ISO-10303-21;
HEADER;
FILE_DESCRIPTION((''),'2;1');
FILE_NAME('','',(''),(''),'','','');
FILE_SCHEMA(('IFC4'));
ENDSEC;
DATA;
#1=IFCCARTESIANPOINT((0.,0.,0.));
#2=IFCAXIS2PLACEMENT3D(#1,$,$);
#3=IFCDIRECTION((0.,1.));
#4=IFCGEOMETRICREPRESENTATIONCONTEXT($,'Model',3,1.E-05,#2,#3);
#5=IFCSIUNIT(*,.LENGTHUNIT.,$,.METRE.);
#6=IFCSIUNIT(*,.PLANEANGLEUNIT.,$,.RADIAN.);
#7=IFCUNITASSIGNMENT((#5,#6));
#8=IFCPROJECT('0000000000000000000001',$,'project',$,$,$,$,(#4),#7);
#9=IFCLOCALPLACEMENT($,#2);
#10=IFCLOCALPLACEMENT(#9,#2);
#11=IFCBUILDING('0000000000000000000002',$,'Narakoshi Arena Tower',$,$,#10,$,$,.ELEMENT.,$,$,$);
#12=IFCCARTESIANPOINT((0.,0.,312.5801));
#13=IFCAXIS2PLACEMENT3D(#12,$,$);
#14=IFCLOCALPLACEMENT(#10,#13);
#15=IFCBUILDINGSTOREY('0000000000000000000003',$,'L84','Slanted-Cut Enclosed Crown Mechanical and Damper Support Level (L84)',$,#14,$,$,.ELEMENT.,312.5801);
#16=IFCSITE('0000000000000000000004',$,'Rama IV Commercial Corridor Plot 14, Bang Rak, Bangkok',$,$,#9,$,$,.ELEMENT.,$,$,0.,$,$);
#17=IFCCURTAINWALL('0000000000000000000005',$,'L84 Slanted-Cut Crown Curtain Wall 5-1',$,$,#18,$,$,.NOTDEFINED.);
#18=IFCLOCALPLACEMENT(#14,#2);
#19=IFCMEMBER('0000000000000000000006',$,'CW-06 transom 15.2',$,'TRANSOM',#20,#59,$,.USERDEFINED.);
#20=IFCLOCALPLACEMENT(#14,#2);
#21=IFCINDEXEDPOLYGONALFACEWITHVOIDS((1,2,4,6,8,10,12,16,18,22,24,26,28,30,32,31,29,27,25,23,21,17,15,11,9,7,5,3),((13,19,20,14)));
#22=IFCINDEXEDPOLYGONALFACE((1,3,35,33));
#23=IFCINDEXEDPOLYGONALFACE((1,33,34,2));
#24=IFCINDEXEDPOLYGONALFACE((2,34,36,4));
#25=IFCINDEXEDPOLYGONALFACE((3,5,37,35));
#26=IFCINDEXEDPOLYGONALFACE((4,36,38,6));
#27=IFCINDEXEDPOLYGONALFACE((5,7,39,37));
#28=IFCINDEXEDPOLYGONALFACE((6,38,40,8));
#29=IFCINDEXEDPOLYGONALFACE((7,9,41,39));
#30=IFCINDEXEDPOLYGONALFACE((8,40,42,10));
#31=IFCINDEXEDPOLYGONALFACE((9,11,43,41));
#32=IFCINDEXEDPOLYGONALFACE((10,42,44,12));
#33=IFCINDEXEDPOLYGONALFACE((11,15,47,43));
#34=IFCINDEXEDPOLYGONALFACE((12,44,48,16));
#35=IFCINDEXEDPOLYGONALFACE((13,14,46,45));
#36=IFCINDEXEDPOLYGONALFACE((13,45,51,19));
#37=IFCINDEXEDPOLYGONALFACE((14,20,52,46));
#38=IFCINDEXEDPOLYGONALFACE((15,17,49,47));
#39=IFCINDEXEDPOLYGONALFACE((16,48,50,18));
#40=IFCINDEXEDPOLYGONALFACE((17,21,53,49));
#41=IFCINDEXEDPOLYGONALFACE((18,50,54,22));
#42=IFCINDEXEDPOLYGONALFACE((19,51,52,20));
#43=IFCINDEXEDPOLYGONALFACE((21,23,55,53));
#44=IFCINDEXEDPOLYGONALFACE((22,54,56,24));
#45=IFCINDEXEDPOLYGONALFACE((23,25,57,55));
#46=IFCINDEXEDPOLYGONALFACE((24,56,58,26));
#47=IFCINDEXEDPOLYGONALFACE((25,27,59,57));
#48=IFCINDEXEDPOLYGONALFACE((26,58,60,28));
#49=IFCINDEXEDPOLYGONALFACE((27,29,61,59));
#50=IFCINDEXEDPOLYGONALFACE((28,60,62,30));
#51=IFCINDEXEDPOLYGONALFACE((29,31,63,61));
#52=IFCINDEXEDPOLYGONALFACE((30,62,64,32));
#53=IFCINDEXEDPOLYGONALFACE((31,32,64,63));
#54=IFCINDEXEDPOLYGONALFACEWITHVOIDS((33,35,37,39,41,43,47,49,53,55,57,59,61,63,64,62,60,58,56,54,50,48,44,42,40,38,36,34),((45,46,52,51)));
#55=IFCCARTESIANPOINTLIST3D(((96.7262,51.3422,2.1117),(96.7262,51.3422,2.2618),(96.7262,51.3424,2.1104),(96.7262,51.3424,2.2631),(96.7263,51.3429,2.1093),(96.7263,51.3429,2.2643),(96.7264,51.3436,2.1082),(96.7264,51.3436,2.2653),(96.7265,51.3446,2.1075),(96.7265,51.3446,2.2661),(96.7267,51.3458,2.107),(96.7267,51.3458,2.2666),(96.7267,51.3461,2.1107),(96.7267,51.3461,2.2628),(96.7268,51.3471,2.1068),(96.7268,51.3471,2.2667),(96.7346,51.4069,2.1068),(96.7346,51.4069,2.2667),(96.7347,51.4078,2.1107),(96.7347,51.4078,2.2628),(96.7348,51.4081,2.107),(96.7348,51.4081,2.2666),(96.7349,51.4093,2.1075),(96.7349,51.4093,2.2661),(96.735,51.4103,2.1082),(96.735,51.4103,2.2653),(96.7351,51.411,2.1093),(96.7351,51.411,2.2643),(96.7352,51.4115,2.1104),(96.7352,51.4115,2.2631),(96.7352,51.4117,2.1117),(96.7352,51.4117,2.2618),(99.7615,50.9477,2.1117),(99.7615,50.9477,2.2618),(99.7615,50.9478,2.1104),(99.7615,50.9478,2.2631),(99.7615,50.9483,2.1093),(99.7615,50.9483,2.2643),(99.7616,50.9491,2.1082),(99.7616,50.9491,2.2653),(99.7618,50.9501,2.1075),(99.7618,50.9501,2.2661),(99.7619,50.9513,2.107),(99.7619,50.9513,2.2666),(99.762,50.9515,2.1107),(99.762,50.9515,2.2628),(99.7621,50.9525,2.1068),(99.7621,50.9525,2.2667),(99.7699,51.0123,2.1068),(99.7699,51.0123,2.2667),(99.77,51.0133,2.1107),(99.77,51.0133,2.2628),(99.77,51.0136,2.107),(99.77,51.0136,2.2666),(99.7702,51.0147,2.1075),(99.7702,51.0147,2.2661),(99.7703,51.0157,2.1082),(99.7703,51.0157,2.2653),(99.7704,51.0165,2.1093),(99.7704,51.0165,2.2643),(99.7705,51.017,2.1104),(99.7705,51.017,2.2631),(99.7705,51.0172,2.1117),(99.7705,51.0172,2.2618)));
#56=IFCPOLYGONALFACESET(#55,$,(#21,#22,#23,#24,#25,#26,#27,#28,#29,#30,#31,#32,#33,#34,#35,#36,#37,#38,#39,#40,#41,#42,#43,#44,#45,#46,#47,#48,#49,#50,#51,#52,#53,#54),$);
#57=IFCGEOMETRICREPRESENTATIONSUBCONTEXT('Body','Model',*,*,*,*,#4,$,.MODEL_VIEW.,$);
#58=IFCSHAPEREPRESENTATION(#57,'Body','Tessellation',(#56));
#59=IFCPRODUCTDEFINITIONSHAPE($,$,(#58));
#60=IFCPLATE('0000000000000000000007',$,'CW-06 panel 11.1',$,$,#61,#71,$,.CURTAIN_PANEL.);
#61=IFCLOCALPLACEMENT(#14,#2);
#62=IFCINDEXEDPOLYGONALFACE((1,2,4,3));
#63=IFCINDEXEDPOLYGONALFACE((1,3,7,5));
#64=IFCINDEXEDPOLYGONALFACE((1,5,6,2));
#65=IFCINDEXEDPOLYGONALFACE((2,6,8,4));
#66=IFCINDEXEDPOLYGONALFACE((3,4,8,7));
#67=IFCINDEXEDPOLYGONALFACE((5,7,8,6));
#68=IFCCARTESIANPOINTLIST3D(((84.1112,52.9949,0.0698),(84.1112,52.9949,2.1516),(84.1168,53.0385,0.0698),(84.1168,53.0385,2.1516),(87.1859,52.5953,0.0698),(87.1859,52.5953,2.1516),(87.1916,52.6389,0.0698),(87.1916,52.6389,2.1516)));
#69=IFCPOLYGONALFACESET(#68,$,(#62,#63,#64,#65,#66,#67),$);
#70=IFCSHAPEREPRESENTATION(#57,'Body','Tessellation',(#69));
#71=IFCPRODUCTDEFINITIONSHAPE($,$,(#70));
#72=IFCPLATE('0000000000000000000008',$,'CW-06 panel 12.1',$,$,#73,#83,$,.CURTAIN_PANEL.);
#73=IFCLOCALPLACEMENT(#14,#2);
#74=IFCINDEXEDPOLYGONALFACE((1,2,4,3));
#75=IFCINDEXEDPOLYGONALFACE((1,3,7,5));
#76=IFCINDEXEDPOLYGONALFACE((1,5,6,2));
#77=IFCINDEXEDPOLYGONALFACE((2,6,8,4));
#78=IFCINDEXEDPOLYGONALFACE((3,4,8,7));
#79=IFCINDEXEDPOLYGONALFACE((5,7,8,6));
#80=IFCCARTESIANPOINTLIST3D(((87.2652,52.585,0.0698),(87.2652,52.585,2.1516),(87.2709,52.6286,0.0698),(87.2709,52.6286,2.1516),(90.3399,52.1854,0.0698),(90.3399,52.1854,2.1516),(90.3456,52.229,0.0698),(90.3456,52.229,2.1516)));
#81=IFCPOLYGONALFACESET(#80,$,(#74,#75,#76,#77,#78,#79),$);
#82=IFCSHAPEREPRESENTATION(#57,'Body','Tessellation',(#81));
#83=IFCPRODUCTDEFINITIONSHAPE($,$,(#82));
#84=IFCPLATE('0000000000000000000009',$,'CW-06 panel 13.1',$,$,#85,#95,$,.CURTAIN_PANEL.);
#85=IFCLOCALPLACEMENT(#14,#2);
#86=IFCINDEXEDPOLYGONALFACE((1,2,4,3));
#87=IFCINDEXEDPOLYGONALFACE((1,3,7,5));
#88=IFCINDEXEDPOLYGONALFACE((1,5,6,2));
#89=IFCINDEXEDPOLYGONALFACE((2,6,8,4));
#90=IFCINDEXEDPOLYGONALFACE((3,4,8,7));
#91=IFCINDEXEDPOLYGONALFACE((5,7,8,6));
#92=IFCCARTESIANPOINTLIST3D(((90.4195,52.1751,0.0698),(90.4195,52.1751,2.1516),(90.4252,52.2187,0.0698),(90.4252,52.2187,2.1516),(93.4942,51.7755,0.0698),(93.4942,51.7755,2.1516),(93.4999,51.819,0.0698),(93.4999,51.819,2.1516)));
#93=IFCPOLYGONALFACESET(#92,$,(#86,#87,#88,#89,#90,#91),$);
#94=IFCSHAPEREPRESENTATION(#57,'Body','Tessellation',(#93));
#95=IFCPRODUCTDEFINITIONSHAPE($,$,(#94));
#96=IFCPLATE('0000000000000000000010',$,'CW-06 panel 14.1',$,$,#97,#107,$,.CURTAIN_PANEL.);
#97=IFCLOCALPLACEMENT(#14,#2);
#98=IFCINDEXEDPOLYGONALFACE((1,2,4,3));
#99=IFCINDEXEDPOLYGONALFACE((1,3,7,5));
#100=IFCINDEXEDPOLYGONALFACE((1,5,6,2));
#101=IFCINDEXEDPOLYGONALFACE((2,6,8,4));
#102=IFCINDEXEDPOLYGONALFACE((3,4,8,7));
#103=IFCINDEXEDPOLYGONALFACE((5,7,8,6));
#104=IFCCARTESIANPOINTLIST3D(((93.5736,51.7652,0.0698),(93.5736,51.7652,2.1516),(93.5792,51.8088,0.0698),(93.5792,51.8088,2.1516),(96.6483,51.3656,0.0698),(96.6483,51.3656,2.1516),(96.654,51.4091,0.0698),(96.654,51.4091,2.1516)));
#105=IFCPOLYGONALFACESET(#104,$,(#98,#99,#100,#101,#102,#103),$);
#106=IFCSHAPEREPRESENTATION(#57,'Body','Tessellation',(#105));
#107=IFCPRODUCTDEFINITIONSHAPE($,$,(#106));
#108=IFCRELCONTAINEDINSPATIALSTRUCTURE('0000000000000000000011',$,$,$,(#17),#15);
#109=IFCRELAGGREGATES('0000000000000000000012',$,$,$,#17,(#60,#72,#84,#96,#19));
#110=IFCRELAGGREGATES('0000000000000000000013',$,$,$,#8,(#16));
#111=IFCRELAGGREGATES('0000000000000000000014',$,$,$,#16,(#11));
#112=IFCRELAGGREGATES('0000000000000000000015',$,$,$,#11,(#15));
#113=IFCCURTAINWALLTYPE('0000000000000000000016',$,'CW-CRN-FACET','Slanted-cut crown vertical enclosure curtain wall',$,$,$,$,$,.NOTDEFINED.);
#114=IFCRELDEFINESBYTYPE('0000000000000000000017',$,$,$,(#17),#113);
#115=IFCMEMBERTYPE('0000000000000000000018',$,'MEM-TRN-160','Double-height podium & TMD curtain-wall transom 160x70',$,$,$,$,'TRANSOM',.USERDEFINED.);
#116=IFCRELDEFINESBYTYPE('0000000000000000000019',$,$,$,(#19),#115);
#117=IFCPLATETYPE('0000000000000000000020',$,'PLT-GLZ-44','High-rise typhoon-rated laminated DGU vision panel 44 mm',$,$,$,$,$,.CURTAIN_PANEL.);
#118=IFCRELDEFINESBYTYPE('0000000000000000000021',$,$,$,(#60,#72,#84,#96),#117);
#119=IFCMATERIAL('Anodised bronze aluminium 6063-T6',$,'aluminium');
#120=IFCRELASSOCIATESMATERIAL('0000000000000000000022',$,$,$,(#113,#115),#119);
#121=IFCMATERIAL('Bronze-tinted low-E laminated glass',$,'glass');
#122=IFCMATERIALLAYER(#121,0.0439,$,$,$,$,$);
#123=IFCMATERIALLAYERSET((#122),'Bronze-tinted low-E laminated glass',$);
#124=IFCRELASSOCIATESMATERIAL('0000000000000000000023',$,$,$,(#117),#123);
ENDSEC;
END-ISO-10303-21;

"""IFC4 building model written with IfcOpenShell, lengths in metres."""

from ifc_helpers import new_model, si_unit, direction, frame, origin, origin_2d, place, context, subcontext, project, spatial, rectangle, hollow_rectangle, extrude, material, layer, layer_set, material_profile, profile_set, type_object, element, aggregate, save


model = new_model("IFC4")

# Units and contexts
model_context = context("Model", 3, precision=1e-05, world=origin(), true_north=direction((0.0, 1.0)))
body_context = subcontext(model_context, "Body", "Model", "MODEL_VIEW")
ifc_project = project(units=[si_unit("LENGTHUNIT", "METRE"), si_unit("PLANEANGLEUNIT", "RADIAN")], contexts=[model_context])

# Site, building, storey
site_placement = place(None, origin())
site = spatial("IfcSite", under=ifc_project, at=site_placement, Name="Rama IV Commercial Corridor Plot 14, Bang Rak, Bangkok", CompositionType="ELEMENT", RefElevation=0.0)
building_placement = place(site_placement, origin())
building = spatial("IfcBuilding", under=site, at=building_placement, Name="Narakoshi Arena Tower", CompositionType="ELEMENT")
storey_placement = place(building_placement, frame((0.0, 0.0, 312.5801)))
storey = spatial("IfcBuildingStorey", under=building, at=storey_placement, Name="L84", Description="Slanted-Cut Enclosed Crown Mechanical and Damper Support Level (L84)", CompositionType="ELEMENT", Elevation=312.5801)

# Curtain wall, member, plates
ifc_material_1 = material(Name="Anodised bronze aluminium 6063-T6", Category="aluminium")
curtain_wall_type = type_object("IfcCurtainWallType", Name="CW-CRN-FACET", Description="Slanted-cut crown vertical enclosure curtain wall", PredefinedType="NOTDEFINED", material=ifc_material_1)
curtain_wall_placement = place(storey_placement, origin())
curtain_wall = element("IfcCurtainWall", 1, at=curtain_wall_placement, inside=storey, type_object=curtain_wall_type, Name="L84 Slanted-Cut Crown Curtain Wall 5-1", PredefinedType="NOTDEFINED")
ifc_material_profile_1 = material_profile(ifc_material_1, hollow_rectangle(XDim=0.0701, YDim=0.1599, WallThickness=0.0039, OuterFilletRadius=0.0049, at=origin_2d()), Name="TRN160x70x4")
ifc_profile_set_1 = profile_set([ifc_material_profile_1], Name="Anodised bronze aluminium 6063-T6")
member_type_1 = type_object("IfcMemberType", Name="MEM-TRN-160", Description="Double-height podium & TMD curtain-wall transom 160x70", ElementType="TRANSOM", PredefinedType="USERDEFINED", material=ifc_profile_set_1)
member_1_placement = place(storey_placement, frame((96.7307, 51.377, 2.1868), z_axis=(0.991657, -0.128903, 0.0), x_axis=(0.128903, 0.991657, 0.0)))
member_1 = element("IfcMember", 2, at=member_1_placement, type_object=member_type_1, Name="CW-06 transom 15.2", ObjectType="TRANSOM", PredefinedType="USERDEFINED", context=body_context, shape_type="SweptSolid", body=[
    extrude(hollow_rectangle(XDim=0.0701, YDim=0.1599, WallThickness=0.0039, OuterFilletRadius=0.0049, at=origin_2d()), origin(), (0.0, 0.0, 1.0), 3.0608),
])
ifc_material_2 = material(Name="Bronze-tinted low-E laminated glass", Category="glass")
ifc_layer = layer(ifc_material_2, 0.0439)
ifc_layer_set = layer_set([ifc_layer], Name="Bronze-tinted low-E laminated glass")
plate_type = type_object("IfcPlateType", Name="PLT-GLZ-44", Description="High-rise typhoon-rated laminated DGU vision panel 44 mm", PredefinedType="CURTAIN_PANEL", material=ifc_layer_set)
plate_1_placement = place(storey_placement, frame((85.6514, 52.8169, 0.0698), z_axis=(0.0, 0.0, 1.0), x_axis=(0.991659, -0.12889, 0.0)))
plate_1 = element("IfcPlate", 3, at=plate_1_placement, type_object=plate_type, Name="CW-06 panel 11.1", PredefinedType="CURTAIN_PANEL", context=body_context, shape_type="SweptSolid", body=[
    extrude(rectangle(XDim=3.1006, YDim=0.0439, at=origin_2d()), origin(), (0.0, 0.0, 1.0), 2.0818),
])
plate_2_placement = place(storey_placement, frame((88.8054, 52.407, 0.0698), z_axis=(0.0, 0.0, 1.0), x_axis=(0.991659, -0.12889, 0.0)))
plate_2 = element("IfcPlate", 4, at=plate_2_placement, type_object=plate_type, Name="CW-06 panel 12.1", PredefinedType="CURTAIN_PANEL", context=body_context, shape_type="SweptSolid", body=[
    extrude(rectangle(XDim=3.1006, YDim=0.0439, at=origin_2d()), origin(), (0.0, 0.0, 1.0), 2.0818),
])
plate_3_placement = place(storey_placement, frame((91.9597, 51.9971, 0.0698), z_axis=(0.0, 0.0, 1.0), x_axis=(0.991659, -0.12889, 0.0)))
plate_3 = element("IfcPlate", 5, at=plate_3_placement, type_object=plate_type, Name="CW-06 panel 13.1", PredefinedType="CURTAIN_PANEL", context=body_context, shape_type="SweptSolid", body=[
    extrude(rectangle(XDim=3.1006, YDim=0.0439, at=origin_2d()), origin(), (0.0, 0.0, 1.0), 2.0818),
])
plate_4_placement = place(storey_placement, frame((95.1138, 51.5872, 0.0698), z_axis=(0.0, 0.0, 1.0), x_axis=(0.991659, -0.12889, 0.0)))
plate_4 = element("IfcPlate", 6, at=plate_4_placement, type_object=plate_type, Name="CW-06 panel 14.1", PredefinedType="CURTAIN_PANEL", context=body_context, shape_type="SweptSolid", body=[
    extrude(rectangle(XDim=3.1006, YDim=0.0439, at=origin_2d()), origin(), (0.0, 0.0, 1.0), 2.0818),
])
aggregate(curtain_wall, [plate_1, plate_2, plate_3, plate_4, member_1])

save(model, "model.ifc")
